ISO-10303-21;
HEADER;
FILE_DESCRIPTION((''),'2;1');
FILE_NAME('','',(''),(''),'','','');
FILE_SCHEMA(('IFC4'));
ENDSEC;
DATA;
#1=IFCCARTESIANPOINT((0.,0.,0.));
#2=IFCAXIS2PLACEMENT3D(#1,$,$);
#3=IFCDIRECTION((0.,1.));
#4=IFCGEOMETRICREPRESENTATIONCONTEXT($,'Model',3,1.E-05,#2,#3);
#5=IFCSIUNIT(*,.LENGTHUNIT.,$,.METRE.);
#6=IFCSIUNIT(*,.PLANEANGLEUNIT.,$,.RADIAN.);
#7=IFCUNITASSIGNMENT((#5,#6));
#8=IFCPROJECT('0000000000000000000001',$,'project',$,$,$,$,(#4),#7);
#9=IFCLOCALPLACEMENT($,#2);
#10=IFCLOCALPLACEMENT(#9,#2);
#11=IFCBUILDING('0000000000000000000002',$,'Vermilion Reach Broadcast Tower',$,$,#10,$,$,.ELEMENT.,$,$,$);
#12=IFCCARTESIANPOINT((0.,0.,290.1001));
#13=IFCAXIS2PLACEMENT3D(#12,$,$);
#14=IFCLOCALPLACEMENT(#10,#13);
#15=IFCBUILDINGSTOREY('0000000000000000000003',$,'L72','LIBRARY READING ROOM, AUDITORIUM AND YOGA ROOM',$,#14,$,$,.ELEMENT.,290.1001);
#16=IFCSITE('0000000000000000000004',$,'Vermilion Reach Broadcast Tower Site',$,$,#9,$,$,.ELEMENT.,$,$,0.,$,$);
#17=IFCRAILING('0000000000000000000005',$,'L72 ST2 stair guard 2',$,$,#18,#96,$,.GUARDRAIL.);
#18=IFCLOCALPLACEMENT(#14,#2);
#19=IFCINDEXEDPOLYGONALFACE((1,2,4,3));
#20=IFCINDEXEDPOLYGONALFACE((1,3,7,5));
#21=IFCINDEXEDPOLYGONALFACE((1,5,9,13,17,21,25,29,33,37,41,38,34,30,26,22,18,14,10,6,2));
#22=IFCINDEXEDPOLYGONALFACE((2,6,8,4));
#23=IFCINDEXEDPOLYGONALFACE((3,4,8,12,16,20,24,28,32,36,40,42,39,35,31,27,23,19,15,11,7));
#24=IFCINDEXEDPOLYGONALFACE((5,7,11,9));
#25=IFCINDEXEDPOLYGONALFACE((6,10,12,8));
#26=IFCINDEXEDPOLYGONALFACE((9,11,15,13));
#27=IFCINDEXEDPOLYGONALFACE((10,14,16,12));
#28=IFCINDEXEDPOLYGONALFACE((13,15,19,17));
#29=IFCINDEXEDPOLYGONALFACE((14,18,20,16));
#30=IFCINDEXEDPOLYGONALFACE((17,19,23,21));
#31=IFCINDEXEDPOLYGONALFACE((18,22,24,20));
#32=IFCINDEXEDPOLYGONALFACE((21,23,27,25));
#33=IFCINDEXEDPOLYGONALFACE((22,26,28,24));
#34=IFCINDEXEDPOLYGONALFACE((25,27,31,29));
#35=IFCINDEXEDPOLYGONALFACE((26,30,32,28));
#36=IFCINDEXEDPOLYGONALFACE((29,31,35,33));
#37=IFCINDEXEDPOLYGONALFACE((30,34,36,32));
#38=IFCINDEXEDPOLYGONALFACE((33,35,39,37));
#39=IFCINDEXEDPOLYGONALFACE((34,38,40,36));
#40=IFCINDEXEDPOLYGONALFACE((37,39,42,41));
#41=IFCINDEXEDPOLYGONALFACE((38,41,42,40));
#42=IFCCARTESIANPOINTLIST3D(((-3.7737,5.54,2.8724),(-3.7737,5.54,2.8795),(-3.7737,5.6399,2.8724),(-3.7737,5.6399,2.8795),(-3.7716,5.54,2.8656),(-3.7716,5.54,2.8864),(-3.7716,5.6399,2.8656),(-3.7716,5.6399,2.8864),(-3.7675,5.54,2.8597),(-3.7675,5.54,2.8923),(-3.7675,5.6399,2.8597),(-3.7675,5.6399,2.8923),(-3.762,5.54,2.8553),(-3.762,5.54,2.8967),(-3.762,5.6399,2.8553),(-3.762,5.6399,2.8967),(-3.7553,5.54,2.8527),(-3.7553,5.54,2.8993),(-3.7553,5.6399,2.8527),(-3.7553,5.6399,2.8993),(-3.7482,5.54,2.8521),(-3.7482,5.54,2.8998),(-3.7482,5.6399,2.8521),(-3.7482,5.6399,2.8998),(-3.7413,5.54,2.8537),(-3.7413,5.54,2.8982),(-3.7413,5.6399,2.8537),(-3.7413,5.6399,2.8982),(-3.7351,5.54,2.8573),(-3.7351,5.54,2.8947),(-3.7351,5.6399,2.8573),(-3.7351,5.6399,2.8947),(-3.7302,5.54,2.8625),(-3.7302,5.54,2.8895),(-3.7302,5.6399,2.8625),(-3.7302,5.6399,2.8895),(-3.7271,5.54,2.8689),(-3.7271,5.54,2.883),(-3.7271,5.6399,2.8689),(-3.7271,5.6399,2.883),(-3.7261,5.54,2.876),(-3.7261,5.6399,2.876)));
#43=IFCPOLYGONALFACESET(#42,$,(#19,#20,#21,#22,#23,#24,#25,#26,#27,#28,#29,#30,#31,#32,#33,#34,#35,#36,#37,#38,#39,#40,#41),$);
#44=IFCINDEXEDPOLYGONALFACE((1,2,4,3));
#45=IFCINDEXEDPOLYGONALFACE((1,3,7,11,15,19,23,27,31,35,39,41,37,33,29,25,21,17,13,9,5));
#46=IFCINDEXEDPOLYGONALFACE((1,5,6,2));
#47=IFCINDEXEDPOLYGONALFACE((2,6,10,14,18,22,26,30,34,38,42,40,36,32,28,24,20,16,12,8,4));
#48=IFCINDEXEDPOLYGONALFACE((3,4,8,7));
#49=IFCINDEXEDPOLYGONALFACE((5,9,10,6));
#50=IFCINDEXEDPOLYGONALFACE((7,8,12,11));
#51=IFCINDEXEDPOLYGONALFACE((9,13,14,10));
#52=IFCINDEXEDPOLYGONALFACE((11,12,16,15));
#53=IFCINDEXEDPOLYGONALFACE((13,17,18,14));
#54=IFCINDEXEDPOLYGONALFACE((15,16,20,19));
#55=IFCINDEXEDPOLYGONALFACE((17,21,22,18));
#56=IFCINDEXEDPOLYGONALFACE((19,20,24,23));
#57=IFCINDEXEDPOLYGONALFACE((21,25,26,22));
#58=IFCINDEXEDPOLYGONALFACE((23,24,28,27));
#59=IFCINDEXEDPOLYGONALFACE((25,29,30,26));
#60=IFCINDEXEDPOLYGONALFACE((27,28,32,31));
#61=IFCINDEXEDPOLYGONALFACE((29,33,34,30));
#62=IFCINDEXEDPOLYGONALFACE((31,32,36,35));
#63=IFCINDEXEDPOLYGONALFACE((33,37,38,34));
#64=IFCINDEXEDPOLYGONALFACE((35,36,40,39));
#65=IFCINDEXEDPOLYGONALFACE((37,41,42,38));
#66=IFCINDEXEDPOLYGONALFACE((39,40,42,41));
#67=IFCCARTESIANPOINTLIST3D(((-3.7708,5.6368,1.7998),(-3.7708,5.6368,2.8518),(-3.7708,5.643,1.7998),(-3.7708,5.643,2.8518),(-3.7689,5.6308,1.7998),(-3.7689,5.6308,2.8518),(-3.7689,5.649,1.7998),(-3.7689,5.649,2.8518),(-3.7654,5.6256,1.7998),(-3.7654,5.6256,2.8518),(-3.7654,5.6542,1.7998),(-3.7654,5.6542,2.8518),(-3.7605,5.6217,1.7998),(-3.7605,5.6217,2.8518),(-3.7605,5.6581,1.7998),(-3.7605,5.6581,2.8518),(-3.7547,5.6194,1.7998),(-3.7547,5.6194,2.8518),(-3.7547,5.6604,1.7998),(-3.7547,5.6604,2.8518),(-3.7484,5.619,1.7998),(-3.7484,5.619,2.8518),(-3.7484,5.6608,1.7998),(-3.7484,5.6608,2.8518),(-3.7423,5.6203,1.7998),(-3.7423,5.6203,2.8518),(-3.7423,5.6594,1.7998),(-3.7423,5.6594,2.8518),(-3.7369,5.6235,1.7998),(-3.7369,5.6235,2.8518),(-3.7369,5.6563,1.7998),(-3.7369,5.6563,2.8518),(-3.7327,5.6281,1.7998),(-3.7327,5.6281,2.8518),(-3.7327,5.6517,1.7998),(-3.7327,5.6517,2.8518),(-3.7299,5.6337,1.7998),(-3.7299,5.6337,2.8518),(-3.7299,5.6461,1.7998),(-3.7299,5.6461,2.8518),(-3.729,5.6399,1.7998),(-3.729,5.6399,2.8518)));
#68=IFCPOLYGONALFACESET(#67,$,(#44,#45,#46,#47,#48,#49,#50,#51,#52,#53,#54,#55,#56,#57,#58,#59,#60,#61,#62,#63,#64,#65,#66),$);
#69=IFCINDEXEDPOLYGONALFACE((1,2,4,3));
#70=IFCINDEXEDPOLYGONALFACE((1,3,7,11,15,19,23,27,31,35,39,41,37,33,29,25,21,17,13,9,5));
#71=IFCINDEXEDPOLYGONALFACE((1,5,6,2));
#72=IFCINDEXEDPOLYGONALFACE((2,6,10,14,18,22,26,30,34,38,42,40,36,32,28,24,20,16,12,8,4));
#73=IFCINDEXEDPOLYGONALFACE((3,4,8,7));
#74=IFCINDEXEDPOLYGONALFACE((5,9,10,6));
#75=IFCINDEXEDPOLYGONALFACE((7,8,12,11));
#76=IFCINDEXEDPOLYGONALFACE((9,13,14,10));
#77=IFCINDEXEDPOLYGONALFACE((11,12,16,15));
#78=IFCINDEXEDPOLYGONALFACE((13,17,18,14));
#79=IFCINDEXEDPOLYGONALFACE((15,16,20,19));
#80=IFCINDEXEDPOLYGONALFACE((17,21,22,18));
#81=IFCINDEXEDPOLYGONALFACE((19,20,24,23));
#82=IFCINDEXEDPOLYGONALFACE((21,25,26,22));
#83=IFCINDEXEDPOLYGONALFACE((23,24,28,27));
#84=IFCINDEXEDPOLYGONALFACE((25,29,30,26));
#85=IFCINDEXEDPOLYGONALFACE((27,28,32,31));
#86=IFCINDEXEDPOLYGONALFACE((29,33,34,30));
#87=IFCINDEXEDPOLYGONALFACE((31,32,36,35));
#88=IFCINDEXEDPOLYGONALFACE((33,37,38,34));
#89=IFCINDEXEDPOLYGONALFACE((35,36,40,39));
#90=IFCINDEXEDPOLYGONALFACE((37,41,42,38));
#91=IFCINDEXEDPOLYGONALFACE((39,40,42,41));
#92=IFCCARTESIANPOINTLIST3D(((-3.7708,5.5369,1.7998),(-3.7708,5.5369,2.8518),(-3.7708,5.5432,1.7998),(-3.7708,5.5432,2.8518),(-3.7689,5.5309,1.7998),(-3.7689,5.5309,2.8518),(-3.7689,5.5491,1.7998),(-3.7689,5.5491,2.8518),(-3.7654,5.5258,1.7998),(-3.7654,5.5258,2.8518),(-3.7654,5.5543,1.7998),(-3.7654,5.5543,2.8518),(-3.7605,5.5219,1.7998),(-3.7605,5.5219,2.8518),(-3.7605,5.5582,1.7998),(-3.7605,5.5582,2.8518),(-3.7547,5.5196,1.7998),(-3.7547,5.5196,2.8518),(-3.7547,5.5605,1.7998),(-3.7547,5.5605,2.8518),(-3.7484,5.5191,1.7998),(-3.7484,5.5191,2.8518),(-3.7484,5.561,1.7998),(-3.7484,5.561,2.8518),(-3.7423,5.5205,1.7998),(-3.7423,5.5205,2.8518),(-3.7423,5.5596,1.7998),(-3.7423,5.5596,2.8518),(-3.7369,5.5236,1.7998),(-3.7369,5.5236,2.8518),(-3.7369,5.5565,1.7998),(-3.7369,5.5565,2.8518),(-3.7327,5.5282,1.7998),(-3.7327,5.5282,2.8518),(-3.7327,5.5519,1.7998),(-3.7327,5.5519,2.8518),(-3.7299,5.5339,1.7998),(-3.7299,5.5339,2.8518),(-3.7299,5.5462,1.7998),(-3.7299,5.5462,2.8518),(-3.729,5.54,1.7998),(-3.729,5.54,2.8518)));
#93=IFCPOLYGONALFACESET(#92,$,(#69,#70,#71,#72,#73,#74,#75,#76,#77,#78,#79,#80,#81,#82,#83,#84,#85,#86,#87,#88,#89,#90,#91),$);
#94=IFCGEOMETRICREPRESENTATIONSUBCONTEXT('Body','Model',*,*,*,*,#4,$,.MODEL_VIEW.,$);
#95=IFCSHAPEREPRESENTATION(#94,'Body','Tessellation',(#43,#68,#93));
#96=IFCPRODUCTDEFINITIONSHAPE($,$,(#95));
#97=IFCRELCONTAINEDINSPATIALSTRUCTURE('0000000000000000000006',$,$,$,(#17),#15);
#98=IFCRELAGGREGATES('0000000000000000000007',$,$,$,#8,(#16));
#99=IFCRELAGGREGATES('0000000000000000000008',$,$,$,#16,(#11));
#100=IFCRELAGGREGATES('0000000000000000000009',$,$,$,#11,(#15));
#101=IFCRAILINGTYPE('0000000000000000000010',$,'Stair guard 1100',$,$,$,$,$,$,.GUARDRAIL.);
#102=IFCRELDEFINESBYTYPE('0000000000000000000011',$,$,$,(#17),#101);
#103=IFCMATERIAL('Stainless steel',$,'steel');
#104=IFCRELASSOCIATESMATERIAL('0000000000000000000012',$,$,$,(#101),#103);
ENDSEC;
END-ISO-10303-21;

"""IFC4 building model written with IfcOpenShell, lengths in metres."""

from ifc_helpers import new_model, si_unit, direction, frame, origin, origin_2d, place, context, subcontext, project, spatial, circle, extrude, material, type_object, element, save


model = new_model("IFC4")

# Units and contexts
model_context = context("Model", 3, precision=1e-05, world=origin(), true_north=direction((0.0, 1.0)))
body_context = subcontext(model_context, "Body", "Model", "MODEL_VIEW")
ifc_project = project(units=[si_unit("LENGTHUNIT", "METRE"), si_unit("PLANEANGLEUNIT", "RADIAN")], contexts=[model_context])

# Site, building, storey
site_placement = place(None, origin())
site = spatial("IfcSite", under=ifc_project, at=site_placement, Name="Vermilion Reach Broadcast Tower Site", CompositionType="ELEMENT", RefElevation=0.0)
building_placement = place(site_placement, origin())
building = spatial("IfcBuilding", under=site, at=building_placement, Name="Vermilion Reach Broadcast Tower", CompositionType="ELEMENT")
storey_placement = place(building_placement, frame((0.0, 0.0, 290.1001)))
storey = spatial("IfcBuildingStorey", under=building, at=storey_placement, Name="L72", Description="LIBRARY READING ROOM, AUDITORIUM AND YOGA ROOM", CompositionType="ELEMENT", Elevation=290.1001)

# Railing
ifc_material_1 = material(Name="Stainless steel", Category="steel")
railing_type_1 = type_object("IfcRailingType", Name="Stair guard 1100", PredefinedType="GUARDRAIL", material=ifc_material_1)
railing_1_placement = place(storey_placement, frame((-3.75, 5.6399, 1.7998)))
element("IfcRailing", 1, at=railing_1_placement, inside=storey, type_object=railing_type_1, Name="L72 ST2 stair guard 2", PredefinedType="GUARDRAIL", context=body_context, shape_type="SweptSolid", body=[
    extrude(circle(Radius=0.0239, at=origin_2d()), frame((0.0, 0.0, 1.0762), z_axis=(0.0, -1.0, 0.0), x_axis=(1.0, 0.0, 0.0)), (0.0, 0.0, 1.0), 0.0999),
    extrude(circle(Radius=0.021, at=origin_2d()), origin(), (0.0, 0.0, 1.0), 1.052),
    extrude(circle(Radius=0.021, at=origin_2d()), frame((0.0, -0.0999, 0.0)), (0.0, 0.0, 1.0), 1.052),
])

save(model, "model.ifc")
